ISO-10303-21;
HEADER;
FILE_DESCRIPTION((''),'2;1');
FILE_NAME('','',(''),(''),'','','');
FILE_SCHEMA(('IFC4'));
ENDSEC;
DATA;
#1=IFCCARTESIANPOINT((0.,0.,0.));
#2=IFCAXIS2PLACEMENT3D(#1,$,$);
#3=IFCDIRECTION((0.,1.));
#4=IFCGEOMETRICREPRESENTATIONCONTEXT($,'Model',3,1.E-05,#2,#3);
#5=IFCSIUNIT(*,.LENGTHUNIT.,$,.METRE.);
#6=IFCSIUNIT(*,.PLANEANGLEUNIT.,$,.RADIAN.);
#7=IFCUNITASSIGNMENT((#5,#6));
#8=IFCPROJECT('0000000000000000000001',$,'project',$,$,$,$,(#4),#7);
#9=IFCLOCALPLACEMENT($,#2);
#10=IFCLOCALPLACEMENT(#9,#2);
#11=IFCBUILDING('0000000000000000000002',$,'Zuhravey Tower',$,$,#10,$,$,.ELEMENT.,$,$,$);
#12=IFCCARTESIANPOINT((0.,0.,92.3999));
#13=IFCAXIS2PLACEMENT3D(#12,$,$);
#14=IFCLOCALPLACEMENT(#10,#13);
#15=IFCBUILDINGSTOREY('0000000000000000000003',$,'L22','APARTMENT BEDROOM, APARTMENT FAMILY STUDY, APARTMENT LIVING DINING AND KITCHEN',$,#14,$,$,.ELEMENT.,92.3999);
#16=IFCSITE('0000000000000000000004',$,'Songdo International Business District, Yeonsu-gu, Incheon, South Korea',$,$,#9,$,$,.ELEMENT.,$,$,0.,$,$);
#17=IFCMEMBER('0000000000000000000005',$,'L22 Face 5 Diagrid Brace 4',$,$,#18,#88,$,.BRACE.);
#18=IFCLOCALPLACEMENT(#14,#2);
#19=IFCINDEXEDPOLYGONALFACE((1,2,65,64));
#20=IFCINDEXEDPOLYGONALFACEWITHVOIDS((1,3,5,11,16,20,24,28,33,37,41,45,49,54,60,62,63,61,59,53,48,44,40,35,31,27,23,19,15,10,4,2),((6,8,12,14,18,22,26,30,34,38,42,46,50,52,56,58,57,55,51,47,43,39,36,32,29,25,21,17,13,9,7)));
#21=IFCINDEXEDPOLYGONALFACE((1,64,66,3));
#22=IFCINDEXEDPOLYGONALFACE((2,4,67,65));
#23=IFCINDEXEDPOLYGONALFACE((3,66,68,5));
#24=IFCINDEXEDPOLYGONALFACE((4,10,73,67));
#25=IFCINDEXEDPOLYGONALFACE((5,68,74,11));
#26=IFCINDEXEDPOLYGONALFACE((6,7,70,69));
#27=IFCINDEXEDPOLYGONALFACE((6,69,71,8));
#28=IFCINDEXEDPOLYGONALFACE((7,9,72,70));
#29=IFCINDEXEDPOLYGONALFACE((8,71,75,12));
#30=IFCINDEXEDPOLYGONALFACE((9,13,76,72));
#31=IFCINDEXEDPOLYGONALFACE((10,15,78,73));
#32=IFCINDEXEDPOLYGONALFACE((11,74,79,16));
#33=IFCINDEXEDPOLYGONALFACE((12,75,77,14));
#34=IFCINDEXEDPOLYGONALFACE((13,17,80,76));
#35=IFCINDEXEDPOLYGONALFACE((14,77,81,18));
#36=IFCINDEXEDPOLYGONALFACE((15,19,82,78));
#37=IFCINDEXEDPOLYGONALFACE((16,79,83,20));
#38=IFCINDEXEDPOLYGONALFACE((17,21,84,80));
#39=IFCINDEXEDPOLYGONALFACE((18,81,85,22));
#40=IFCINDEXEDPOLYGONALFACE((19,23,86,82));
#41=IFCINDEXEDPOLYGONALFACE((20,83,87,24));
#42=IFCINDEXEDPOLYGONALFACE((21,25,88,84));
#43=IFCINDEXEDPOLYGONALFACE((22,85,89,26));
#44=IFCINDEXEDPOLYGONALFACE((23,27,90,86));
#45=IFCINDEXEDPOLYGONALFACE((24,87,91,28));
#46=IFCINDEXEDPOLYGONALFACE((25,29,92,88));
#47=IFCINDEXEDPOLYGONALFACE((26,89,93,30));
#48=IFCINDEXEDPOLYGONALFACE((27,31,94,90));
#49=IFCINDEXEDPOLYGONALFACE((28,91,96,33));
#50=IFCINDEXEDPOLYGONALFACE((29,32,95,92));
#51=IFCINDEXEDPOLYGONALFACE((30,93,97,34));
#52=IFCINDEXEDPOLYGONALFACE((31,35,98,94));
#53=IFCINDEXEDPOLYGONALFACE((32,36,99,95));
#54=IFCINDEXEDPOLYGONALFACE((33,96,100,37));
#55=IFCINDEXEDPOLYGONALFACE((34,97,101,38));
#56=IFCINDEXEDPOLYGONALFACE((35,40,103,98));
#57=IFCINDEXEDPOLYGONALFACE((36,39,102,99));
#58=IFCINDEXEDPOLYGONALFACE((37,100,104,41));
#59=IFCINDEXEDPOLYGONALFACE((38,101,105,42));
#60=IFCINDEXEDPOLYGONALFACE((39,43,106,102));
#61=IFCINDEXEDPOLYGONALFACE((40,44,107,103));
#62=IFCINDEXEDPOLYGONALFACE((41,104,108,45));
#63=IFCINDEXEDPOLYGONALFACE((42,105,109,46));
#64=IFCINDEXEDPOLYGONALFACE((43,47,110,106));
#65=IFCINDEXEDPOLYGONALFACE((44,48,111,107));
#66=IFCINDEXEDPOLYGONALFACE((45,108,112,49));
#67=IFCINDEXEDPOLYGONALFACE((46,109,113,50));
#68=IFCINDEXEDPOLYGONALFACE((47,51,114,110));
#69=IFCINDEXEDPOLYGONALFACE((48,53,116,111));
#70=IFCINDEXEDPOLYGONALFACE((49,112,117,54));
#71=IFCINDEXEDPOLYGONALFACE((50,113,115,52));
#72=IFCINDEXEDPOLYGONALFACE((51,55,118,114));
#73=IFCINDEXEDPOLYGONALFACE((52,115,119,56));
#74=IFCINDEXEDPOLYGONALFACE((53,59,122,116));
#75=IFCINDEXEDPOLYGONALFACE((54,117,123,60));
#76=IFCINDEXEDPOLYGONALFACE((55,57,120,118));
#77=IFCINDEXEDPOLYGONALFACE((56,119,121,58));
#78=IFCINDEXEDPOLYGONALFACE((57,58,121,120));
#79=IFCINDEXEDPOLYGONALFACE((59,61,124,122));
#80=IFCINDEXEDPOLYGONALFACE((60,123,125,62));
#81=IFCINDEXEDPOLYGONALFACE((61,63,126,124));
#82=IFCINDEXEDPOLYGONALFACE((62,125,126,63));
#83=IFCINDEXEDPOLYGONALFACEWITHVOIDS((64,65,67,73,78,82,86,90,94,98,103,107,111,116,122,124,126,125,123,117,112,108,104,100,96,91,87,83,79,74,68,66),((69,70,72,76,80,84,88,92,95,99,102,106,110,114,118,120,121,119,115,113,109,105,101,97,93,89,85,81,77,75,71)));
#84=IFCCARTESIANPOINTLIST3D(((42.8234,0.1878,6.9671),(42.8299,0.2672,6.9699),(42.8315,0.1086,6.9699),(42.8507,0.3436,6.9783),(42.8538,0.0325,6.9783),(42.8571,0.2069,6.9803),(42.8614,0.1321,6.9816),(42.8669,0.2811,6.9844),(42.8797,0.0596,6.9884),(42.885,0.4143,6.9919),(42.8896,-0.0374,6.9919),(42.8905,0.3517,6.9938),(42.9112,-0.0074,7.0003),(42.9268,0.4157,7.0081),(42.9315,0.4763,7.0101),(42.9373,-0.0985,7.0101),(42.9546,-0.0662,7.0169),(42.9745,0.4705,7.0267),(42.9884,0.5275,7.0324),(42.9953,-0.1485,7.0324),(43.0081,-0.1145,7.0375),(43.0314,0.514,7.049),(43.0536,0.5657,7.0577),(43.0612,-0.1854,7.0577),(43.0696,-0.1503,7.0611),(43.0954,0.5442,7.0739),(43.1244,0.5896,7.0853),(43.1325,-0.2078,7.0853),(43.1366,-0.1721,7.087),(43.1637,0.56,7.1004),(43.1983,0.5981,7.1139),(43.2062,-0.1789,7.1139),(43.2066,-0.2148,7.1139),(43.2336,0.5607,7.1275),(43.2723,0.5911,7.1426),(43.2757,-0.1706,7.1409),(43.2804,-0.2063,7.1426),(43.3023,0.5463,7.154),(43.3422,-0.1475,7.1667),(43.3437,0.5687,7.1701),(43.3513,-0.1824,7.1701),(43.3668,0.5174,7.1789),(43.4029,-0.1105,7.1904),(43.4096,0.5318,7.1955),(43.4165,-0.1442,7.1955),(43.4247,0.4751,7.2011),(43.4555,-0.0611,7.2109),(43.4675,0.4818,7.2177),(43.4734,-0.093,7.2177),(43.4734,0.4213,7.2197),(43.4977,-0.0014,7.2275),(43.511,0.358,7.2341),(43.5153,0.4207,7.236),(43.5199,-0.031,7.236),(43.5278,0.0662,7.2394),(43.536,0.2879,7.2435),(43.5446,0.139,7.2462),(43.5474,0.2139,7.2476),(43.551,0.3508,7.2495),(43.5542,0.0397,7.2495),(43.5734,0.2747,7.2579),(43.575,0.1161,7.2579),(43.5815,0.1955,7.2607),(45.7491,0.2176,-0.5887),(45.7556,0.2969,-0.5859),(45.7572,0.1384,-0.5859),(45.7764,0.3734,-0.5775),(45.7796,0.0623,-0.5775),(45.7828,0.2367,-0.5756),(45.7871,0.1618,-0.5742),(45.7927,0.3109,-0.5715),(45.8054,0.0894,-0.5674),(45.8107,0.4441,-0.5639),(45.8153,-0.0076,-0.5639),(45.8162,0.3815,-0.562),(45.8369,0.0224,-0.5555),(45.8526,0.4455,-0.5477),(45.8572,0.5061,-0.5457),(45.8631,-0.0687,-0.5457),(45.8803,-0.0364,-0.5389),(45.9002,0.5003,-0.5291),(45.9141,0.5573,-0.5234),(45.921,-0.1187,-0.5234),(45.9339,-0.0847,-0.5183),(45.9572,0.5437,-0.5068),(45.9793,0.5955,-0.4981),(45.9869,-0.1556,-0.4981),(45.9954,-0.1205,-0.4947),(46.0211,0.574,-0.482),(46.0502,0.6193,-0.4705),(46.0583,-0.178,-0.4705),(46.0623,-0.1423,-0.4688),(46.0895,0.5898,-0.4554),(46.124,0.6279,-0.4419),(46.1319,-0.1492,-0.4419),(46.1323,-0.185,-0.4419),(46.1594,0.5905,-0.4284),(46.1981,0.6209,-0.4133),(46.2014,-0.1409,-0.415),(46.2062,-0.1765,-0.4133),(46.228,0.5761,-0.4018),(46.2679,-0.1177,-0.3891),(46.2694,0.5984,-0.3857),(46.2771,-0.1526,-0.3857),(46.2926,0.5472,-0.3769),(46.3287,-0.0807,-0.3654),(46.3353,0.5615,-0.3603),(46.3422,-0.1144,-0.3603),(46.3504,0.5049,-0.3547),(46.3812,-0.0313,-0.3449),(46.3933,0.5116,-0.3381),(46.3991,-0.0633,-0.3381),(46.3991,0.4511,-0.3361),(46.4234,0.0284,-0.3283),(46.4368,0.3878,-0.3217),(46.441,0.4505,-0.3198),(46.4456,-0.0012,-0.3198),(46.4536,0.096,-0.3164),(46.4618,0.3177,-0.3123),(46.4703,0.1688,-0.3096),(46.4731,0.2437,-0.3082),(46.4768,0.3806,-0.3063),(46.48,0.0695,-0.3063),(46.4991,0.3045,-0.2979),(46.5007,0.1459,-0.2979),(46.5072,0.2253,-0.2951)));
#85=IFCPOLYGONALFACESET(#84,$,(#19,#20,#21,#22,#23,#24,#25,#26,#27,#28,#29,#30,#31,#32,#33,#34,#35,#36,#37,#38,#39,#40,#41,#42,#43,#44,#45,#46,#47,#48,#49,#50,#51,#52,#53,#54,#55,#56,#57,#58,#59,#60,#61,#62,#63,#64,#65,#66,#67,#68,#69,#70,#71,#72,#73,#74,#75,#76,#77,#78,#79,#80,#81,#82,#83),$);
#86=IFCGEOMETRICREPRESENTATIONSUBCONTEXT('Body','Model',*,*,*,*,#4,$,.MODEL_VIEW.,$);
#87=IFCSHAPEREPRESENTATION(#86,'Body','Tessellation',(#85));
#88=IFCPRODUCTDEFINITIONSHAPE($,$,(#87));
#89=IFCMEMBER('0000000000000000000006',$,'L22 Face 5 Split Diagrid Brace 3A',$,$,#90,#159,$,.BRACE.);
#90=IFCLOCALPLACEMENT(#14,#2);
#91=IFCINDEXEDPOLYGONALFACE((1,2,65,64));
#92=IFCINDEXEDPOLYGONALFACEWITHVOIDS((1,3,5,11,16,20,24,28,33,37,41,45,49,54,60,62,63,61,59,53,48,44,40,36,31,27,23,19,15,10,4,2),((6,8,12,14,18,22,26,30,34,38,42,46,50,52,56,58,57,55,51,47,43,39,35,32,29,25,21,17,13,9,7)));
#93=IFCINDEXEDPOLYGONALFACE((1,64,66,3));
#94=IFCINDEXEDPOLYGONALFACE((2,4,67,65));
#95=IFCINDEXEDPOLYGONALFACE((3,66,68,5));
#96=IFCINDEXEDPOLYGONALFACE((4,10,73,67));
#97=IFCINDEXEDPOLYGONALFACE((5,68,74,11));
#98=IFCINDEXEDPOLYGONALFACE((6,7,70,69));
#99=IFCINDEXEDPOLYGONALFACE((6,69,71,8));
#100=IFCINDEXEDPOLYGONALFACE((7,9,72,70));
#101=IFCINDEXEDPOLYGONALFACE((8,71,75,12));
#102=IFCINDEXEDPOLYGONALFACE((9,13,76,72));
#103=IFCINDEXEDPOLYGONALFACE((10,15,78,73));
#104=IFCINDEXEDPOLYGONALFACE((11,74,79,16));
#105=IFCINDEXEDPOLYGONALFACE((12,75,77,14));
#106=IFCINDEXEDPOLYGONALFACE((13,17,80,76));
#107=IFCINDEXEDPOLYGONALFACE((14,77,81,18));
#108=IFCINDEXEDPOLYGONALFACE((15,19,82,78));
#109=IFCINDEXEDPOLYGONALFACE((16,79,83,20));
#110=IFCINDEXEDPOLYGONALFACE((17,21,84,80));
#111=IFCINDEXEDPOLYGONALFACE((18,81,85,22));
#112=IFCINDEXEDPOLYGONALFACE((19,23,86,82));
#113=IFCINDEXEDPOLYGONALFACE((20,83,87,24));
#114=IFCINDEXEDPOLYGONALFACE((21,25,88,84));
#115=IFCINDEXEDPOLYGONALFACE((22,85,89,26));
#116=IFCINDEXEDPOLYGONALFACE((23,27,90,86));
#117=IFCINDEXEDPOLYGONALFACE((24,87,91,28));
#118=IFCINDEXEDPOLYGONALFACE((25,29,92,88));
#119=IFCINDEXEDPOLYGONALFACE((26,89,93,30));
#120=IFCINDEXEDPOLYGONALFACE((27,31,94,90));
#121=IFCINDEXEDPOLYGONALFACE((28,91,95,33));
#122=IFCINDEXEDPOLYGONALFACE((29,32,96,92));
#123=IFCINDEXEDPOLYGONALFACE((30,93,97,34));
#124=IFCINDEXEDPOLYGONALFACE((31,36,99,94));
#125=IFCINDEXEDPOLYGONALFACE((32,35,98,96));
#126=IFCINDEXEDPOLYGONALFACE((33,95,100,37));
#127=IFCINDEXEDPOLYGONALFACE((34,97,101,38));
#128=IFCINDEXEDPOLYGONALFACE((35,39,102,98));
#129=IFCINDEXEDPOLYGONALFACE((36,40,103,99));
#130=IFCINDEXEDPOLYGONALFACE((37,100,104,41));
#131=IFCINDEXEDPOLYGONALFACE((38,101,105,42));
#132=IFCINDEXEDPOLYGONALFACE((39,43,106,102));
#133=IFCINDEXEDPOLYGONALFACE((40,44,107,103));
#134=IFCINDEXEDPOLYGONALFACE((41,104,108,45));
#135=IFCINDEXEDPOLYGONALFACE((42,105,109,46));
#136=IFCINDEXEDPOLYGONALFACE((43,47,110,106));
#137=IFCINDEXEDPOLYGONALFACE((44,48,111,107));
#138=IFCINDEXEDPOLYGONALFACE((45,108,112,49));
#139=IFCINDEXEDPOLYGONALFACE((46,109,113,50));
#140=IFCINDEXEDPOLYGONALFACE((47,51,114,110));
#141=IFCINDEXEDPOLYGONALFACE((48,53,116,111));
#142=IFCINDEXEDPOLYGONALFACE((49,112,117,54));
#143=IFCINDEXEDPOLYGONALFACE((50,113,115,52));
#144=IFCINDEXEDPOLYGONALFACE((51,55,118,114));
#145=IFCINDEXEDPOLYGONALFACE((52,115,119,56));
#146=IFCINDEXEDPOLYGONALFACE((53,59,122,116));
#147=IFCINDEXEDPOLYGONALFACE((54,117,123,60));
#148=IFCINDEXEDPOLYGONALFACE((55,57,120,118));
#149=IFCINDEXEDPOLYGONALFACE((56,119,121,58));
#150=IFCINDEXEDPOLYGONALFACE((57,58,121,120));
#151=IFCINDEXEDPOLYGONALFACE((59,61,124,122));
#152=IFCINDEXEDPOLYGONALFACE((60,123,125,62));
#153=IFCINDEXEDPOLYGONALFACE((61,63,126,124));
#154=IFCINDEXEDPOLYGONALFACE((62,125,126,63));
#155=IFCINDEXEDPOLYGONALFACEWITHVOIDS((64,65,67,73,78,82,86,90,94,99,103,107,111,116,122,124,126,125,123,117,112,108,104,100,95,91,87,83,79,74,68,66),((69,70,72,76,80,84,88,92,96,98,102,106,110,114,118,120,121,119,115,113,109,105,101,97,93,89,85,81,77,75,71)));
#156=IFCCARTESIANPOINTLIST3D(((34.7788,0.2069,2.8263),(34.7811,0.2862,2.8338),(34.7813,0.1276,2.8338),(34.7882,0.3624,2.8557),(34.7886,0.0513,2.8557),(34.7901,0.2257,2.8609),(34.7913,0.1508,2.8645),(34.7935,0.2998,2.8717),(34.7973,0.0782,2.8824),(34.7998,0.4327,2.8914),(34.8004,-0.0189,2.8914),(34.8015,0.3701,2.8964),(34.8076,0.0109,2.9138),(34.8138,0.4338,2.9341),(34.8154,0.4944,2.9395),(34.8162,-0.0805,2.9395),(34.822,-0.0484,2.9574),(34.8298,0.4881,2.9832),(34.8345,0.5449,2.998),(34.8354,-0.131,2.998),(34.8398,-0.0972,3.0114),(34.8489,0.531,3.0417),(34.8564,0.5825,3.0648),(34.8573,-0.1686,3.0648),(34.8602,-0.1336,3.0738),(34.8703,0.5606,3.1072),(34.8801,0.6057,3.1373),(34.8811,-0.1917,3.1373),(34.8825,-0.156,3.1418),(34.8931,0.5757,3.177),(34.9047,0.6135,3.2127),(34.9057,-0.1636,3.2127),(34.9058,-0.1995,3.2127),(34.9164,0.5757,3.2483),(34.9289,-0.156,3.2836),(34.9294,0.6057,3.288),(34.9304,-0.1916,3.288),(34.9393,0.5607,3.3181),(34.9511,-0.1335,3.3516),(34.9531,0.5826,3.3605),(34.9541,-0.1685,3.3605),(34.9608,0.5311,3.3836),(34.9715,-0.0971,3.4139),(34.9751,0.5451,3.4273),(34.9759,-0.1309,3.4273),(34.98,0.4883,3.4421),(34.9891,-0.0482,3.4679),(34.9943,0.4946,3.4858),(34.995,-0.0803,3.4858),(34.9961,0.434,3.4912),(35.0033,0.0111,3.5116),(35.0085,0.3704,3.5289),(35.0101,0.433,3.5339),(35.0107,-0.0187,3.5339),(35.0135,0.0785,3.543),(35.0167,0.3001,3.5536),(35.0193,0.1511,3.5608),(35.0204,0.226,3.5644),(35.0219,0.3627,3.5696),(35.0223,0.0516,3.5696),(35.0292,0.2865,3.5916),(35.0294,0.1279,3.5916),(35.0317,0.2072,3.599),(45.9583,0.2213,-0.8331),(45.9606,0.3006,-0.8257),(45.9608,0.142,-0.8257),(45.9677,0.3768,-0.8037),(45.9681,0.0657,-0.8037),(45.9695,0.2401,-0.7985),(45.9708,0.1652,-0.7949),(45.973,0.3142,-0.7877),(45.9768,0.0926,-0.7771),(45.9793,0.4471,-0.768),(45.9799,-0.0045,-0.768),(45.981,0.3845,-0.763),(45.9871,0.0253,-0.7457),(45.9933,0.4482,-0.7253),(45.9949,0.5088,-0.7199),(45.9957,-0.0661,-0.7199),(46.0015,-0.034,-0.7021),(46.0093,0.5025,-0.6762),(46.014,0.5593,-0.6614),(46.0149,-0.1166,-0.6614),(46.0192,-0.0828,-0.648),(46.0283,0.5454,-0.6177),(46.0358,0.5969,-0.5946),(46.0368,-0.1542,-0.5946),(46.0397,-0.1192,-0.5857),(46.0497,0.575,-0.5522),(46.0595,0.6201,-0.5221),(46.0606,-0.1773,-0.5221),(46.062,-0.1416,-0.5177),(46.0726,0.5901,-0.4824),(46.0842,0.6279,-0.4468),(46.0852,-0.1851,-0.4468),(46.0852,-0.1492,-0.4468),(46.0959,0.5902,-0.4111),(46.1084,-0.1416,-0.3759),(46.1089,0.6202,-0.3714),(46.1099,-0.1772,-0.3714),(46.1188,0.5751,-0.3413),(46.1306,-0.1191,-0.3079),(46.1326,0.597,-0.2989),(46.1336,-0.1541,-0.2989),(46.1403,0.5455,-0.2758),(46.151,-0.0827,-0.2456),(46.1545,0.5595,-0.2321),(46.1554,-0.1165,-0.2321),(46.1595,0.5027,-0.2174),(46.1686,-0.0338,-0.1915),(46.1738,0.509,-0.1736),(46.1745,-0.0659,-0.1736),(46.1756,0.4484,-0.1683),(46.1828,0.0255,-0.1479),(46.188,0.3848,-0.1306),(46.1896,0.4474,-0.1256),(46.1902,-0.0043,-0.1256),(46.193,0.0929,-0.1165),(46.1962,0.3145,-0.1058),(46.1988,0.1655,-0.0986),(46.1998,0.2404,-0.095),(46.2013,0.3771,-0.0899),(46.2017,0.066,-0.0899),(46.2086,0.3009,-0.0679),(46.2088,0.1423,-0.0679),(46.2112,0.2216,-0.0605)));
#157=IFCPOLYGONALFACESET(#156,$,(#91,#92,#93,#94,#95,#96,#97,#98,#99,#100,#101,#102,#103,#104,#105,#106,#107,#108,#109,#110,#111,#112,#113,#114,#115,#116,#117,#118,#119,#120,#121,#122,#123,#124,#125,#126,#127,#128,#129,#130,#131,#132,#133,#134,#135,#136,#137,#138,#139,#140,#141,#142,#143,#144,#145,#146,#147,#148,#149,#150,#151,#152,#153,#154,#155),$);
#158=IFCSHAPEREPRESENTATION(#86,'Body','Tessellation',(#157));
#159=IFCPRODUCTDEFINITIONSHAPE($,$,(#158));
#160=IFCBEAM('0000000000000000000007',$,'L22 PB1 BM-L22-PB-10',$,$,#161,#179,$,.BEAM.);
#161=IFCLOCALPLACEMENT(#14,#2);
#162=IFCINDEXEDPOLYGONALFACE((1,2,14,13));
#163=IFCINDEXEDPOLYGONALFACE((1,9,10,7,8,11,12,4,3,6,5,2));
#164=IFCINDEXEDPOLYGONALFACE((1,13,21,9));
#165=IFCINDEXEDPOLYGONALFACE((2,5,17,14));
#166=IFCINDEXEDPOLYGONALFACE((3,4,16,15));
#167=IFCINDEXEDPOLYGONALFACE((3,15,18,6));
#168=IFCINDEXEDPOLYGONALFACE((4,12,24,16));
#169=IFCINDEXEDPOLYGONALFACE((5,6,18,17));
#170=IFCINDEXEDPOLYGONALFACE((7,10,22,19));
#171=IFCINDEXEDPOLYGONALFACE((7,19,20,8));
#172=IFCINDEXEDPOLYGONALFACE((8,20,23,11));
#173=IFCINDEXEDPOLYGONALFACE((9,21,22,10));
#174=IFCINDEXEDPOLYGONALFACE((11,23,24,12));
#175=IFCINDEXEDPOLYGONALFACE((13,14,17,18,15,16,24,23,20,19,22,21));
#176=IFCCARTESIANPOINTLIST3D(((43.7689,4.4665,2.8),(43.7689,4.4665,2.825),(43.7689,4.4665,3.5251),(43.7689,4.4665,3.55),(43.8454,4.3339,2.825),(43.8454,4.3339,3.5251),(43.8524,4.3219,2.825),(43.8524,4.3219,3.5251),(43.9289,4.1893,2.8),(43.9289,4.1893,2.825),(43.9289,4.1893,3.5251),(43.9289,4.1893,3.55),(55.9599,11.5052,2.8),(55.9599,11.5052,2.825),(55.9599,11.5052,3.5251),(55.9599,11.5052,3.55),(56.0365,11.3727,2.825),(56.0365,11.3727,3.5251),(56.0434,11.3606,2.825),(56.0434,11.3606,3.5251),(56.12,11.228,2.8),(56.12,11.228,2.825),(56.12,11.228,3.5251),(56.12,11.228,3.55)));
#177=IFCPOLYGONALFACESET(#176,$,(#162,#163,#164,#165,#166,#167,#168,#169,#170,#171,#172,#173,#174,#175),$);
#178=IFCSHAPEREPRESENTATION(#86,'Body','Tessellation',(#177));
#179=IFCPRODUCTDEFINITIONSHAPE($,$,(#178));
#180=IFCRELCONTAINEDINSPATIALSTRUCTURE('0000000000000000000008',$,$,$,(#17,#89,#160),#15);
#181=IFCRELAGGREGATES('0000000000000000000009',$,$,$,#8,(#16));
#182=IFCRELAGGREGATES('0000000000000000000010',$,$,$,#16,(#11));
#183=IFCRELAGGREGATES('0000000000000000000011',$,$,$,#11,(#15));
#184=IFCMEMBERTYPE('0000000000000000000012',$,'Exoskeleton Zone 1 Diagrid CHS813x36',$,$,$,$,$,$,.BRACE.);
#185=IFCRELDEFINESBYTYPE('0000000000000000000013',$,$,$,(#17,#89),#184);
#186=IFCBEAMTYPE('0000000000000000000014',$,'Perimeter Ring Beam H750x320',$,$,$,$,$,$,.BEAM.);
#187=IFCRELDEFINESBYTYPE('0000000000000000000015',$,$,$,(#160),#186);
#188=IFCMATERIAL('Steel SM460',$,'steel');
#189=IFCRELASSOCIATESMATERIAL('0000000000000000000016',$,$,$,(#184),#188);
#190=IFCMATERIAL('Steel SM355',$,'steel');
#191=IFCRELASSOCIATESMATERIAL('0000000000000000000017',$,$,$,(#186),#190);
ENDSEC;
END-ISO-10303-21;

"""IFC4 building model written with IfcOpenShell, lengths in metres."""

from ifc_helpers import new_model, si_unit, direction, frame, origin, origin_2d, place, context, subcontext, project, spatial, hollow_circle, i_section, extrude, material, material_profile, profile_set, type_object, element, save


model = new_model("IFC4")

# Units and contexts
model_context = context("Model", 3, precision=1e-05, world=origin(), true_north=direction((0.0, 1.0)))
body_context = subcontext(model_context, "Body", "Model", "MODEL_VIEW")
ifc_project = project(units=[si_unit("LENGTHUNIT", "METRE"), si_unit("PLANEANGLEUNIT", "RADIAN")], contexts=[model_context])

# Site, building, storey
site_placement = place(None, origin())
site = spatial("IfcSite", under=ifc_project, at=site_placement, Name="Songdo International Business District, Yeonsu-gu, Incheon, South Korea", CompositionType="ELEMENT", RefElevation=0.0)
building_placement = place(site_placement, origin())
building = spatial("IfcBuilding", under=site, at=building_placement, Name="Zuhravey Tower", CompositionType="ELEMENT")
storey_placement = place(building_placement, frame((0.0, 0.0, 92.3999)))
storey = spatial("IfcBuildingStorey", under=building, at=storey_placement, Name="L22", Description="APARTMENT BEDROOM, APARTMENT FAMILY STUDY, APARTMENT LIVING DINING AND KITCHEN", CompositionType="ELEMENT", Elevation=92.3999)

# Members
ifc_material_1 = material(Name="Steel SM460", Category="steel")
ifc_material_profile_1 = material_profile(ifc_material_1, hollow_circle(Radius=0.4065, WallThickness=0.0359, at=origin_2d()), Name="CHS-812.8x36")
ifc_profile_set_1 = profile_set([ifc_material_profile_1], Name="Steel SM460")
member_type_1 = type_object("IfcMemberType", Name="Exoskeleton Zone 1 Diagrid CHS813x36", PredefinedType="BRACE", material=ifc_profile_set_1)
member_1_placement = place(storey_placement, frame((46.1282, 0.2214, -0.4419), z_axis=(-0.36109, -0.003676, 0.932524), x_axis=(0.01018, -0.999948, 0.0)))
element("IfcMember", 1, at=member_1_placement, inside=storey, type_object=member_type_1, Name="L22 Face 5 Diagrid Brace 4", PredefinedType="BRACE", context=body_context, shape_type="SweptSolid", body=[
    extrude(hollow_circle(Radius=0.4065, WallThickness=0.0359, at=origin_2d()), origin(), (0.0, 0.0, 1.0), 8.1025),
])
member_2_placement = place(storey_placement, frame((46.0847, 0.2214, -0.4468), z_axis=(-0.950379, -0.001225, 0.311092), x_axis=(0.001288, -0.999999, 0.0)))
element("IfcMember", 2, at=member_2_placement, inside=storey, type_object=member_type_1, Name="L22 Face 5 Split Diagrid Brace 3A", PredefinedType="BRACE", context=body_context, shape_type="SweptSolid", body=[
    extrude(hollow_circle(Radius=0.4065, WallThickness=0.0359, at=origin_2d()), origin(), (0.0, 0.0, 1.0), 11.7632),
])

# Beam
ifc_material_2 = material(Name="Steel SM355", Category="steel")
ifc_material_profile_2 = material_profile(ifc_material_2, i_section(OverallWidth=0.3201, OverallDepth=0.75, WebThickness=0.0139, FlangeThickness=0.0249, at=origin_2d()), Name="H-750x320x14x25")
ifc_profile_set_2 = profile_set([ifc_material_profile_2], Name="Steel SM355")
beam_type_1 = type_object("IfcBeamType", Name="Perimeter Ring Beam H750x320", PredefinedType="BEAM", material=ifc_profile_set_2)
beam_1_placement = place(storey_placement, frame((43.8489, 4.3279, 3.175), z_axis=(0.866018, 0.500013, 0.0), x_axis=(-0.500013, 0.866018, 0.0)))
element("IfcBeam", 3, at=beam_1_placement, inside=storey, type_object=beam_type_1, Name="L22 PB1 BM-L22-PB-10", PredefinedType="BEAM", context=body_context, shape_type="SweptSolid", body=[
    extrude(i_section(OverallWidth=0.3201, OverallDepth=0.75, WebThickness=0.0139, FlangeThickness=0.0249, at=origin_2d()), origin(), (0.0, 0.0, 1.0), 14.0771),
])

save(model, "model.ifc")
